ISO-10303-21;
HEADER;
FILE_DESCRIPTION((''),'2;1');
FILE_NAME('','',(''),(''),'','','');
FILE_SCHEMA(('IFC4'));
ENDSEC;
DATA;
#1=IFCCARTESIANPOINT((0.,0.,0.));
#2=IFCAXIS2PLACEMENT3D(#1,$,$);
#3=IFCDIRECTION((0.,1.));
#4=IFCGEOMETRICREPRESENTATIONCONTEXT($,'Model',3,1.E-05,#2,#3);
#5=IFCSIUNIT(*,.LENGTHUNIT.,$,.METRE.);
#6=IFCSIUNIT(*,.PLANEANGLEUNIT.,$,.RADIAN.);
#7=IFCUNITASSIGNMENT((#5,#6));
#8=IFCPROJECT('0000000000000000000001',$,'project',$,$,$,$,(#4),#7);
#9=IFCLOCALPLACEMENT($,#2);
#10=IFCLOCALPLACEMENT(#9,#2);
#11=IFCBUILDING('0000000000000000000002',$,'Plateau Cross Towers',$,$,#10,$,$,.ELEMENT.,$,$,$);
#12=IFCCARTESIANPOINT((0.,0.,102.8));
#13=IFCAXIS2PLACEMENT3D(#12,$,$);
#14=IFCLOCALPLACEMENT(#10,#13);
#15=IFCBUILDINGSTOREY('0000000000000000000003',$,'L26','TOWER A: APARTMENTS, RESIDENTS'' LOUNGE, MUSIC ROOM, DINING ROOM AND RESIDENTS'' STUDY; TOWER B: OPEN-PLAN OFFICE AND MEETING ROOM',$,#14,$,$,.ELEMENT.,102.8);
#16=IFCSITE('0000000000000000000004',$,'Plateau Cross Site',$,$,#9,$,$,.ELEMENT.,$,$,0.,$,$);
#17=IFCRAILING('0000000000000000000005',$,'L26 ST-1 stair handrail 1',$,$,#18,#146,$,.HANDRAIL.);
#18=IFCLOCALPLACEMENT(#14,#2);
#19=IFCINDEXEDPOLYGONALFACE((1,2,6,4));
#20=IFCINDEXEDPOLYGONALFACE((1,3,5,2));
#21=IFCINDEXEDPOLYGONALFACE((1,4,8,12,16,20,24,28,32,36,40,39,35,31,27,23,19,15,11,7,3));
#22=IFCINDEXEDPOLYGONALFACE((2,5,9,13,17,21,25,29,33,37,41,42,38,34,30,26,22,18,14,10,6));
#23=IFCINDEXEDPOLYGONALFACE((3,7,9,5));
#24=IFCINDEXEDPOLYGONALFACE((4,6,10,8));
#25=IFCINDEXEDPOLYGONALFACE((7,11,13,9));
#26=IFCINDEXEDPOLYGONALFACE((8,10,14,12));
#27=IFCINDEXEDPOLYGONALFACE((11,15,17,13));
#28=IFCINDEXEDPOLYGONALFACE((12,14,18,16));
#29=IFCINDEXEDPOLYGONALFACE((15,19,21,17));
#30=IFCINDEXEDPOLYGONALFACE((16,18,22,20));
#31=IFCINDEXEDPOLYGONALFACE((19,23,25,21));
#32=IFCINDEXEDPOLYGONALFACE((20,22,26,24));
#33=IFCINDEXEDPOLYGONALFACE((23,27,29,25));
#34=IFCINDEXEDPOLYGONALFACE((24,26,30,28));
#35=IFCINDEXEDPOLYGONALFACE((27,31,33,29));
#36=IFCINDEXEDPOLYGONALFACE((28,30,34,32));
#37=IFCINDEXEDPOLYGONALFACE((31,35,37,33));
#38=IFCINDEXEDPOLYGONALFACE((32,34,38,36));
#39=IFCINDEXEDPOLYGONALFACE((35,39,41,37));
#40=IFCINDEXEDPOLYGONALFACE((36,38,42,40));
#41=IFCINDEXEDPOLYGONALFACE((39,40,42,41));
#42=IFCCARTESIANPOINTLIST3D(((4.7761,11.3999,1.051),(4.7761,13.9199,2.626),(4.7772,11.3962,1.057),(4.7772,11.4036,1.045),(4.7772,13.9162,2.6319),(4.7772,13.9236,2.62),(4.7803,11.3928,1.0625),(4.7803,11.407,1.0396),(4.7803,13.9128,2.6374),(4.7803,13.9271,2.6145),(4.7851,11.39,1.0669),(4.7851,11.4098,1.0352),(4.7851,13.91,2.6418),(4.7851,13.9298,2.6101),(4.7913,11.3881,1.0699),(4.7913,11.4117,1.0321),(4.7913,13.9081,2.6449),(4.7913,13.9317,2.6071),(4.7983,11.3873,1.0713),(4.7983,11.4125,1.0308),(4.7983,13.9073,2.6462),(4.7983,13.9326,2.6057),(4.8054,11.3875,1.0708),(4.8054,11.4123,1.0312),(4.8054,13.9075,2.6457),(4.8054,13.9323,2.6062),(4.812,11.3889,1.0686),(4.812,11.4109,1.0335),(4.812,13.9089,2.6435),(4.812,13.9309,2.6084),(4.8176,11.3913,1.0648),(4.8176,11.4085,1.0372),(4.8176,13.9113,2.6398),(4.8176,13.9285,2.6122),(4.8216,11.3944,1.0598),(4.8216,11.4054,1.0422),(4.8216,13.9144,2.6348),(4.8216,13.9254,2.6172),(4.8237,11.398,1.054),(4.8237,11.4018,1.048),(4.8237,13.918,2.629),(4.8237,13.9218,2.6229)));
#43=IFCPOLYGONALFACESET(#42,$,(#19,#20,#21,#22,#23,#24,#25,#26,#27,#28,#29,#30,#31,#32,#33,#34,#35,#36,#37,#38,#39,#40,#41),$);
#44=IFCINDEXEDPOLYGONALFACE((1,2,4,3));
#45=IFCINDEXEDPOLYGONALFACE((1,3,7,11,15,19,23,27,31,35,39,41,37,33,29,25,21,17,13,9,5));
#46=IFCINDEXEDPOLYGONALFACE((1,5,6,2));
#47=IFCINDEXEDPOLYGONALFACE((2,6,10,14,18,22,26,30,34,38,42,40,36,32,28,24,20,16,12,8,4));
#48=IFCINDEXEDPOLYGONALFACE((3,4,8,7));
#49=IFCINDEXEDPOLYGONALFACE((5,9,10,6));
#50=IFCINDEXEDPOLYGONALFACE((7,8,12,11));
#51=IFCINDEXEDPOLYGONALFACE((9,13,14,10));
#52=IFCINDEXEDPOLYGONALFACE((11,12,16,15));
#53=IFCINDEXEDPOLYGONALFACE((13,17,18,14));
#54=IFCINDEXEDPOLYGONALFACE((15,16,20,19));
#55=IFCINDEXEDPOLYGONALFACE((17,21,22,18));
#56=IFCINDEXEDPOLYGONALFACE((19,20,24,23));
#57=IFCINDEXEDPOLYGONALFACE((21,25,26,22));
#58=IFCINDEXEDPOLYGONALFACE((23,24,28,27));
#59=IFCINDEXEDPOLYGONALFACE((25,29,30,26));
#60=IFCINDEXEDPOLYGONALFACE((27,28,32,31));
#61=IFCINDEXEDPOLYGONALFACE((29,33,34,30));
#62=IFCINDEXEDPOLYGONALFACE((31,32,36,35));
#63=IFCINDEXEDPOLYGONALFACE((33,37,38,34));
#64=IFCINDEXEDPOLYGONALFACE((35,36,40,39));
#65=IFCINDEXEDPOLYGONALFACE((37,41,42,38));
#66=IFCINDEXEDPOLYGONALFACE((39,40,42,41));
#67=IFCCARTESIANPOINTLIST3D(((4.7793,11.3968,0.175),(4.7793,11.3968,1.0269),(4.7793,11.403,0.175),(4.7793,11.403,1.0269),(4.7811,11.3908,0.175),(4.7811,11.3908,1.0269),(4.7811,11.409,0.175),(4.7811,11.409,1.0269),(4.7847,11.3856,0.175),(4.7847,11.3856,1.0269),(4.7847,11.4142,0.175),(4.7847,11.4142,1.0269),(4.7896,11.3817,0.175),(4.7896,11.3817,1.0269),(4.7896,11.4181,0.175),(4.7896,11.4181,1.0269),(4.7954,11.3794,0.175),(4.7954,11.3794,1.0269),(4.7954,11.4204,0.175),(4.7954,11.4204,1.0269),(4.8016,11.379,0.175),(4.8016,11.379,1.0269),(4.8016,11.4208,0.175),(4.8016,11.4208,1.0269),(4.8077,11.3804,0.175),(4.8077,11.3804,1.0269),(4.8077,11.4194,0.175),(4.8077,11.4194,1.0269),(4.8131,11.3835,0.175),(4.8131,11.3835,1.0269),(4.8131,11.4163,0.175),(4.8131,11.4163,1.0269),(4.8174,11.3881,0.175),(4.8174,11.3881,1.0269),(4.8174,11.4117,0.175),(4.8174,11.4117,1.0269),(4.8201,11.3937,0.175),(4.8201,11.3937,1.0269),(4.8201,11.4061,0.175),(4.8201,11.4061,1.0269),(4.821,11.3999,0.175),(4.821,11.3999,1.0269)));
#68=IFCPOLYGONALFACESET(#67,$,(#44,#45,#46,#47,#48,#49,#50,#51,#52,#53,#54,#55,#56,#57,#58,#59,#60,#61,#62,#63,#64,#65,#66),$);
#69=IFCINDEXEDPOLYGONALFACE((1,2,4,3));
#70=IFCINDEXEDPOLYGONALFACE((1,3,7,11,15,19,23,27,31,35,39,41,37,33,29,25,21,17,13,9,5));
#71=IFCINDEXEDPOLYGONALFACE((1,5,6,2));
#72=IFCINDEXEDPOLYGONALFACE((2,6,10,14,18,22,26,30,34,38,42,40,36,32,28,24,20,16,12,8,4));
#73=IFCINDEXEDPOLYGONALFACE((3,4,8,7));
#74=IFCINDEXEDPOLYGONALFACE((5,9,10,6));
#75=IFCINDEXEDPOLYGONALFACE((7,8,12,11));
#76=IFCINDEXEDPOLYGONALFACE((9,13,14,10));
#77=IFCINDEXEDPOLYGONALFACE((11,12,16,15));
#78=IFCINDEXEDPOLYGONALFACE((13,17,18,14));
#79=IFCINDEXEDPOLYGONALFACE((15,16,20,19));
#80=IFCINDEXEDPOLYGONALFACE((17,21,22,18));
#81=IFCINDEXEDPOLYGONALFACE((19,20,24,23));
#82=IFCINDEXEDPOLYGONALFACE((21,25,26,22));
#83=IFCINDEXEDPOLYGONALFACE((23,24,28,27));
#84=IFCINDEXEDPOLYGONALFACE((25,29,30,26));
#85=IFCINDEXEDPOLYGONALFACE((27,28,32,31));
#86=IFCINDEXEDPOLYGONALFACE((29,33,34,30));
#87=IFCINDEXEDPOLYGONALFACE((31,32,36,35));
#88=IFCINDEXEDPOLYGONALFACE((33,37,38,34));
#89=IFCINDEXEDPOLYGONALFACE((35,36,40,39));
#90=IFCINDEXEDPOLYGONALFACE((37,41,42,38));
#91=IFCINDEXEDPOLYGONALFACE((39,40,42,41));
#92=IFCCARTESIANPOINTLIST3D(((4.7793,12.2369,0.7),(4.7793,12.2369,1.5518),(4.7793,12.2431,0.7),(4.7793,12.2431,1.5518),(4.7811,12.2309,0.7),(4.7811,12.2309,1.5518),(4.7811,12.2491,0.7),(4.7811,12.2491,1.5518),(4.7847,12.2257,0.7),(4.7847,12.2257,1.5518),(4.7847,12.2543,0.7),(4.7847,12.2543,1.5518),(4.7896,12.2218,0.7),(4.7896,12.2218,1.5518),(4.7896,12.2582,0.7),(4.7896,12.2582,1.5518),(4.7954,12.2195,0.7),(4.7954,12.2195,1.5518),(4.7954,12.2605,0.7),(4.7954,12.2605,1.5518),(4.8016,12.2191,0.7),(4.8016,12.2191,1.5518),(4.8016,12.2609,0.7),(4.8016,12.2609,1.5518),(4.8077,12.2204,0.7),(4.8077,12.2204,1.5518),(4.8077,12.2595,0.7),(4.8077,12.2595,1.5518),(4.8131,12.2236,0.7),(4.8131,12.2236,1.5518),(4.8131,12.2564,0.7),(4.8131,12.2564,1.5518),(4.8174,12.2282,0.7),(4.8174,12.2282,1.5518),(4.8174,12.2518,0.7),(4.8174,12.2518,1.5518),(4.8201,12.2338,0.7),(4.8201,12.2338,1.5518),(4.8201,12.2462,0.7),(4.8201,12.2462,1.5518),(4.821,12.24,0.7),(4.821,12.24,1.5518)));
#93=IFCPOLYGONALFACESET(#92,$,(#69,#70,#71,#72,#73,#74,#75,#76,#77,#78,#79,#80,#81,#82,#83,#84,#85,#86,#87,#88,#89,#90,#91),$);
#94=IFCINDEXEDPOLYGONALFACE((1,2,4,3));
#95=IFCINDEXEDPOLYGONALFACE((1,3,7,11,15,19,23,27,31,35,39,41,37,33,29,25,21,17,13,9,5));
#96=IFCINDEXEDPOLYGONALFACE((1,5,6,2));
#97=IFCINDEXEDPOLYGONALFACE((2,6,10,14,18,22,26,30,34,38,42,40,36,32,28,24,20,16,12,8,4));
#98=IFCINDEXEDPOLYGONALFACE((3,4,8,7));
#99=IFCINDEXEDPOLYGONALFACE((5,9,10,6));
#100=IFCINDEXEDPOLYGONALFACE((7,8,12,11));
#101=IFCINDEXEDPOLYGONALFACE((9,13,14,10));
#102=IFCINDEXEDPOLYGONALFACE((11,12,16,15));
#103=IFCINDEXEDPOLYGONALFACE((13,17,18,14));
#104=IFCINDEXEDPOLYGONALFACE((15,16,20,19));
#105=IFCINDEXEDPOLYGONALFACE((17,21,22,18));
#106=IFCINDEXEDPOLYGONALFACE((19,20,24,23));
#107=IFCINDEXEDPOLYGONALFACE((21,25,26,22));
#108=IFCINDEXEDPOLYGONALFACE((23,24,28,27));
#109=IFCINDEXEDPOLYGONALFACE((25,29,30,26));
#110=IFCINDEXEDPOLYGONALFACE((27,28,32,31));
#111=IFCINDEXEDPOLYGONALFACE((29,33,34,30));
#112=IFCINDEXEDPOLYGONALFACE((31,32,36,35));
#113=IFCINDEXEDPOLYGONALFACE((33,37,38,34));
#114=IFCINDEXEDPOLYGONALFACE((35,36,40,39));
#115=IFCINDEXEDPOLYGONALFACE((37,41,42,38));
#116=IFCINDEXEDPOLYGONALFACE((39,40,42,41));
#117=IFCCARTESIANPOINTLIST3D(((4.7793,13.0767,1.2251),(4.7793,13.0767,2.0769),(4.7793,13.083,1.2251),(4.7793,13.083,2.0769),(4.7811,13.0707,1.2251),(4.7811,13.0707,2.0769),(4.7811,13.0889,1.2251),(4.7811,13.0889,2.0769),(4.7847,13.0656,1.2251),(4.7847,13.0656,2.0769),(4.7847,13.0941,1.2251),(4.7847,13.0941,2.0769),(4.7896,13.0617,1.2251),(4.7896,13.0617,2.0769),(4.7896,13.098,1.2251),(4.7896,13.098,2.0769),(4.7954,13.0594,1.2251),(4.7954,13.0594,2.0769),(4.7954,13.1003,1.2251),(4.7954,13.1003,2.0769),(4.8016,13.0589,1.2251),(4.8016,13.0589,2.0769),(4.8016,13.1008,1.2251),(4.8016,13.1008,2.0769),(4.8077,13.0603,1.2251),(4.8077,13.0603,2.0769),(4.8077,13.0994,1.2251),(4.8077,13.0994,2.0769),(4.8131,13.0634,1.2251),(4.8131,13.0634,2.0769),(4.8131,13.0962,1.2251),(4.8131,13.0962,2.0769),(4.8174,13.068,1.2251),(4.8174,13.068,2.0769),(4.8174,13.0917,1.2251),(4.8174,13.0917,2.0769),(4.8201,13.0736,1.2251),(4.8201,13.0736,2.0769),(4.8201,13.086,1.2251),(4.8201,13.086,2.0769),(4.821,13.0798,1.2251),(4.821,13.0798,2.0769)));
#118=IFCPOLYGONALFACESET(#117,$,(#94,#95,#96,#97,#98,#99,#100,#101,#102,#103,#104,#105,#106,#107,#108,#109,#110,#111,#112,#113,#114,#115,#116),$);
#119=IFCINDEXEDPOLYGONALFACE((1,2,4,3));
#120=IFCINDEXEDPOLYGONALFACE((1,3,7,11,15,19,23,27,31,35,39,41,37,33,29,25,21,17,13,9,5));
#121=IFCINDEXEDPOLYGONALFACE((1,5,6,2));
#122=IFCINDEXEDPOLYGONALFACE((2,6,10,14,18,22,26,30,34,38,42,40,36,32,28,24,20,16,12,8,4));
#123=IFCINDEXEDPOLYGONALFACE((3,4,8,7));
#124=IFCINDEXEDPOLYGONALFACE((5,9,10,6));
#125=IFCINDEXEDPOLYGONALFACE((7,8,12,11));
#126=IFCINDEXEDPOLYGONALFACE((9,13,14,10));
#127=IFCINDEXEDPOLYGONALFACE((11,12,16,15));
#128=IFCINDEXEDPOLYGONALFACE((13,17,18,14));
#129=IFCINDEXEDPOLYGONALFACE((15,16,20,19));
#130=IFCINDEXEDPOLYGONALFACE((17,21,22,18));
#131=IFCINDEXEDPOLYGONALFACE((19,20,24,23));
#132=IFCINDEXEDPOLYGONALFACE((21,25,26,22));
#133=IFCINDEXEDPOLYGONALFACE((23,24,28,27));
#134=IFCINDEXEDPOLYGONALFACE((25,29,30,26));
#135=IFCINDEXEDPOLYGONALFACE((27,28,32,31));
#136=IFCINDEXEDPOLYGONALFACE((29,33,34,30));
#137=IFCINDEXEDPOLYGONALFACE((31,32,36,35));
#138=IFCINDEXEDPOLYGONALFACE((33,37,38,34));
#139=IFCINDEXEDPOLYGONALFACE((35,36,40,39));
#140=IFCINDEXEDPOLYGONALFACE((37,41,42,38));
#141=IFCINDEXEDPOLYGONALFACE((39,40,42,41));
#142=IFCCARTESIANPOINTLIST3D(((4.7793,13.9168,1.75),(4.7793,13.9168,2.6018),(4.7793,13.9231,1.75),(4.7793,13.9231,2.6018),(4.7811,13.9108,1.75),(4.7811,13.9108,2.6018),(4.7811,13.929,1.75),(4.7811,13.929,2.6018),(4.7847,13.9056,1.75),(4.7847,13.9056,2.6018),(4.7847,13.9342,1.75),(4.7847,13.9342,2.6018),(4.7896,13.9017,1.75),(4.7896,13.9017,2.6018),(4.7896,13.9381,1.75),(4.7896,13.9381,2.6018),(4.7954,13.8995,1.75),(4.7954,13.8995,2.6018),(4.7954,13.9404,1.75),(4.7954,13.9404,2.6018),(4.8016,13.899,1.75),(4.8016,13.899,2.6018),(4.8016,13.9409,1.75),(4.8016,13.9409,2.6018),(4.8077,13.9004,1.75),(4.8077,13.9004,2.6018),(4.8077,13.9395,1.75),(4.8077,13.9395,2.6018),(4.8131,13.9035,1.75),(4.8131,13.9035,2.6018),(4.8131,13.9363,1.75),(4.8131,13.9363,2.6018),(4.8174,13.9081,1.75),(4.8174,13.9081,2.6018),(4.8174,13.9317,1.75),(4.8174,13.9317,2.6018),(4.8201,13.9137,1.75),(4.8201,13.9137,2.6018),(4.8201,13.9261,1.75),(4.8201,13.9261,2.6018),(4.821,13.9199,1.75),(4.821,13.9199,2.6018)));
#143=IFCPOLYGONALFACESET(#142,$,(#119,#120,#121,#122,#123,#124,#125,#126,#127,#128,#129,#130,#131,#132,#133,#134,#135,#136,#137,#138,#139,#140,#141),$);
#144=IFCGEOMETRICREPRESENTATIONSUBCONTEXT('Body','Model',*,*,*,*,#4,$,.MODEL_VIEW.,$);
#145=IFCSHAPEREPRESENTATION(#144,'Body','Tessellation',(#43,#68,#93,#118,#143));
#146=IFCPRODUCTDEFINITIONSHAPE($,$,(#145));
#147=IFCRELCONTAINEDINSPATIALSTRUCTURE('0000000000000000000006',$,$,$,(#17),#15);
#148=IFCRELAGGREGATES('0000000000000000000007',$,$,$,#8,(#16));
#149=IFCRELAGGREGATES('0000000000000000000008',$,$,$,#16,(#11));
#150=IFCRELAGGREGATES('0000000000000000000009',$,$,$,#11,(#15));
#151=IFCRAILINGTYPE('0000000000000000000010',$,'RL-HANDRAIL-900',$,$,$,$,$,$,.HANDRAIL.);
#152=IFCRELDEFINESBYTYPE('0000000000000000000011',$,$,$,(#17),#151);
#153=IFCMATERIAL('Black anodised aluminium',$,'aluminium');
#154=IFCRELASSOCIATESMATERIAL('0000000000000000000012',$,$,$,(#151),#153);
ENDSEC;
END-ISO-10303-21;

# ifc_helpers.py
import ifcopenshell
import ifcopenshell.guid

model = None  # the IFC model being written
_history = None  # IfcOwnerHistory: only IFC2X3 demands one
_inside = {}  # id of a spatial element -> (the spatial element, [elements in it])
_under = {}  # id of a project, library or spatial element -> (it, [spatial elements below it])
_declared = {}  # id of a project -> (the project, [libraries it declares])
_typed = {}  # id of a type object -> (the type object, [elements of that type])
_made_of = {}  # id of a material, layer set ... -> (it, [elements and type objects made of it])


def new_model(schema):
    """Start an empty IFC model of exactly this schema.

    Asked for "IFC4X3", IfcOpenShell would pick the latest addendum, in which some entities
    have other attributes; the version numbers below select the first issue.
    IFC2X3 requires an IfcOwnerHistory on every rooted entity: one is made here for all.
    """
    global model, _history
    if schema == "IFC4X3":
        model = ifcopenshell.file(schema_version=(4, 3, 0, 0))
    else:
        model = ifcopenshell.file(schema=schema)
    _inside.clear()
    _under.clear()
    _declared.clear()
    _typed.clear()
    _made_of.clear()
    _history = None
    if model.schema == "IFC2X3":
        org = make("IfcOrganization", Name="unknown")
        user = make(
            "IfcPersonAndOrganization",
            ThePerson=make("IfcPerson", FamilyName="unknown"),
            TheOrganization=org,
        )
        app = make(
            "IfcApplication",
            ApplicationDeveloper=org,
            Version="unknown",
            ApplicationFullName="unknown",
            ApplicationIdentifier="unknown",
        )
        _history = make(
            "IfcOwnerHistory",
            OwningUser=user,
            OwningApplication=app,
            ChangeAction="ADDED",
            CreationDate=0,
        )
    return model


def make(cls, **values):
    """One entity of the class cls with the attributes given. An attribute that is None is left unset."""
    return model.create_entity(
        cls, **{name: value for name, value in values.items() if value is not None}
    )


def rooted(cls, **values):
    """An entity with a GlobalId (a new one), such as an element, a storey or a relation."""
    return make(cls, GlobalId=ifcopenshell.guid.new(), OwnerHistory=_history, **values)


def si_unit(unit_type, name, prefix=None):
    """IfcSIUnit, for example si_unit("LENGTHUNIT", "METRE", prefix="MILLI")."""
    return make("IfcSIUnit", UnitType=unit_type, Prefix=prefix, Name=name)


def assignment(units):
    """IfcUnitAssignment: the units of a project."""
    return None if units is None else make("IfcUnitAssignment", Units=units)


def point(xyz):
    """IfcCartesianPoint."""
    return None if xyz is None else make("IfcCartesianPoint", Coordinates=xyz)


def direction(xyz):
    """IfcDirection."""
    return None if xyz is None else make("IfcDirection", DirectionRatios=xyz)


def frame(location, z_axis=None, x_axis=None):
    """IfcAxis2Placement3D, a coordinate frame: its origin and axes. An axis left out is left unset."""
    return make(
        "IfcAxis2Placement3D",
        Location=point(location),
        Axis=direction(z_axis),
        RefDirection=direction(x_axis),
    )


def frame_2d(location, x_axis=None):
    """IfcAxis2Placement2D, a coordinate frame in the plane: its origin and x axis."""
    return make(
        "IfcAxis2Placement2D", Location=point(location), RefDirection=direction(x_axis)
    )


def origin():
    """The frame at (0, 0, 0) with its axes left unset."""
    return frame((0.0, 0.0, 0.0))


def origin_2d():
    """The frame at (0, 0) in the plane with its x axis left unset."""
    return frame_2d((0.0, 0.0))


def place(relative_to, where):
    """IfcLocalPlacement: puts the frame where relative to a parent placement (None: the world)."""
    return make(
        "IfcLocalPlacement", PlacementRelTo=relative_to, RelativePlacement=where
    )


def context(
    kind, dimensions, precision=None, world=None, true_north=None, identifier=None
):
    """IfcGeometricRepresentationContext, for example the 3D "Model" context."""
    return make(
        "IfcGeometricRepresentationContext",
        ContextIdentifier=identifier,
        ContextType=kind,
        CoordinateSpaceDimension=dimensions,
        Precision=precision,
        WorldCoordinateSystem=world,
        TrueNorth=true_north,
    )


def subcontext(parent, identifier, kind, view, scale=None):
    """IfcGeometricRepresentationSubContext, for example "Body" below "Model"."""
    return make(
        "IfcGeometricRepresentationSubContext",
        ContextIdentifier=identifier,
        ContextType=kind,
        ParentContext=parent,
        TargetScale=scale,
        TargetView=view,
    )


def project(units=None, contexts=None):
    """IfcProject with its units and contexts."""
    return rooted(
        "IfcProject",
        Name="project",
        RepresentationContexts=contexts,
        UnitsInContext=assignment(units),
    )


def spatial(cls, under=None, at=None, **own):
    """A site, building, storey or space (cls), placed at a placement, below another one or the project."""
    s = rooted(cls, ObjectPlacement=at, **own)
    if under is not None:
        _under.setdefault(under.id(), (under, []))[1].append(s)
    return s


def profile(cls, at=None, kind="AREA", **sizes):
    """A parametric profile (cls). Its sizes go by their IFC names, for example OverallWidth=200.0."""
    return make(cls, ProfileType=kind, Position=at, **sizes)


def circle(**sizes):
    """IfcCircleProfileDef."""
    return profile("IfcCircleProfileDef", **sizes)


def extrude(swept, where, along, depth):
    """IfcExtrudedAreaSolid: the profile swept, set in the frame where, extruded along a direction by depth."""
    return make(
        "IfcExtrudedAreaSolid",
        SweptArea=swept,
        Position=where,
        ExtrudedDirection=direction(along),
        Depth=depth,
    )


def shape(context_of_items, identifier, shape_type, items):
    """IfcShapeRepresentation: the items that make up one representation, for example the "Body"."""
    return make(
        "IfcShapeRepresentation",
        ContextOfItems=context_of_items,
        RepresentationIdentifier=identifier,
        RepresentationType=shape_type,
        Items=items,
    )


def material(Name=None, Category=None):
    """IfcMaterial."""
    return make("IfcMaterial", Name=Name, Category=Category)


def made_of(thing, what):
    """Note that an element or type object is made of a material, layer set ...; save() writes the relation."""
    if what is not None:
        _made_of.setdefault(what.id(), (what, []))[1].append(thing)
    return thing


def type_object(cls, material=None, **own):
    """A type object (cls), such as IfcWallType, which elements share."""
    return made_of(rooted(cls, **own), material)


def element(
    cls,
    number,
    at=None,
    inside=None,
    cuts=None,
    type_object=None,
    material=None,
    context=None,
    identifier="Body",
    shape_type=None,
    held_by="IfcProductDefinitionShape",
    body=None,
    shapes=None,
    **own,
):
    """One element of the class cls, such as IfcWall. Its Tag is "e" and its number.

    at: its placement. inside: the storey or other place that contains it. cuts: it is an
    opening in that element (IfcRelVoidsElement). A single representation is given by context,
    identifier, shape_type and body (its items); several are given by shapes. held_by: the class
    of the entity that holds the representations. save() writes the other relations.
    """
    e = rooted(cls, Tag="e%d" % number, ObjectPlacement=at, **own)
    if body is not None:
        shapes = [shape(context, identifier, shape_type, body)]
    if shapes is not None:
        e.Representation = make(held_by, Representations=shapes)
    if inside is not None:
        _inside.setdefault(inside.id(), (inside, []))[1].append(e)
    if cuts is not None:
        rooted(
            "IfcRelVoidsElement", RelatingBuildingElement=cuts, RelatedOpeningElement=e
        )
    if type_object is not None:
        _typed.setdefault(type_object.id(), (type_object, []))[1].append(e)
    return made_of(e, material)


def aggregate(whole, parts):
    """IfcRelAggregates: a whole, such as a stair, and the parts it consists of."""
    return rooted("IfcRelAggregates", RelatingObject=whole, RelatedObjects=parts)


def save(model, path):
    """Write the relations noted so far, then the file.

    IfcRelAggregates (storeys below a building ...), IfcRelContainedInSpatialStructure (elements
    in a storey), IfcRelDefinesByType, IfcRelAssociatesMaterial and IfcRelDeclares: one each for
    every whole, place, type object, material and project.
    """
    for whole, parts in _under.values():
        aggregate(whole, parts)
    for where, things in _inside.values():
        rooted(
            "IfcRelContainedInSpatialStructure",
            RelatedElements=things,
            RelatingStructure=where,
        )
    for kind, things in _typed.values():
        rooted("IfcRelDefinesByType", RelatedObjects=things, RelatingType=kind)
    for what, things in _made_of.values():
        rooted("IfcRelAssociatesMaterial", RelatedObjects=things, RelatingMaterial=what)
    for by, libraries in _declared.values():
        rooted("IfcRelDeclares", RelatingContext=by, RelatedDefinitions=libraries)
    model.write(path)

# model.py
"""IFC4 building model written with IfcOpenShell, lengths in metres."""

from ifc_helpers import new_model, si_unit, direction, frame, origin, origin_2d, place, context, subcontext, project, spatial, circle, extrude, material, type_object, element, save


model = new_model("IFC4")

# Units and contexts
model_context = context("Model", 3, precision=1e-05, world=origin(), true_north=direction((0.0, 1.0)))
body_context = subcontext(model_context, "Body", "Model", "MODEL_VIEW")
ifc_project = project(units=[si_unit("LENGTHUNIT", "METRE"), si_unit("PLANEANGLEUNIT", "RADIAN")], contexts=[model_context])

# Site, building, storey
site_placement = place(None, origin())
site = spatial("IfcSite", under=ifc_project, at=site_placement, Name="Plateau Cross Site", CompositionType="ELEMENT", RefElevation=0.0)
building_placement = place(site_placement, origin())
building = spatial("IfcBuilding", under=site, at=building_placement, Name="Plateau Cross Towers", CompositionType="ELEMENT")
storey_placement = place(building_placement, frame((0.0, 0.0, 102.8)))
storey = spatial("IfcBuildingStorey", under=building, at=storey_placement, Name="L26", Description="TOWER A: APARTMENTS, RESIDENTS' LOUNGE, MUSIC ROOM, DINING ROOM AND RESIDENTS' STUDY; TOWER B: OPEN-PLAN OFFICE AND MEETING ROOM", CompositionType="ELEMENT", Elevation=102.8)

# Shared definitions
ifc_material_1 = material(Name="Black anodised aluminium", Category="aluminium")

# Railing
railing_type_1 = type_object("IfcRailingType", Name="RL-HANDRAIL-900", PredefinedType="HANDRAIL", material=ifc_material_1)
railing_1_placement = place(storey_placement, frame((4.8, 11.3999, 0.175)))
element("IfcRailing", 1, at=railing_1_placement, inside=storey, type_object=railing_type_1, Name="L26 ST-1 stair handrail 1", PredefinedType="HANDRAIL", context=body_context, shape_type="SweptSolid", body=[
    extrude(circle(Radius=0.0239, at=origin_2d()), frame((0.0, 0.0, 0.876), z_axis=(0.0, 0.848008, 0.529984), x_axis=(-1.0, 0.0, 0.0)), (0.0, 0.0, 1.0), 2.9717),
    extrude(circle(Radius=0.021, at=origin_2d()), origin(), (0.0, 0.0, 1.0), 0.8518),
    extrude(circle(Radius=0.021, at=origin_2d()), frame((0.0, 0.8401, 0.5249)), (0.0, 0.0, 1.0), 0.8518),
    extrude(circle(Radius=0.021, at=origin_2d()), frame((0.0, 1.6799, 1.05)), (0.0, 0.0, 1.0), 0.8518),
    extrude(circle(Radius=0.021, at=origin_2d()), frame((0.0, 2.52, 1.575)), (0.0, 0.0, 1.0), 0.8518),
])

save(model, "model.ifc")
